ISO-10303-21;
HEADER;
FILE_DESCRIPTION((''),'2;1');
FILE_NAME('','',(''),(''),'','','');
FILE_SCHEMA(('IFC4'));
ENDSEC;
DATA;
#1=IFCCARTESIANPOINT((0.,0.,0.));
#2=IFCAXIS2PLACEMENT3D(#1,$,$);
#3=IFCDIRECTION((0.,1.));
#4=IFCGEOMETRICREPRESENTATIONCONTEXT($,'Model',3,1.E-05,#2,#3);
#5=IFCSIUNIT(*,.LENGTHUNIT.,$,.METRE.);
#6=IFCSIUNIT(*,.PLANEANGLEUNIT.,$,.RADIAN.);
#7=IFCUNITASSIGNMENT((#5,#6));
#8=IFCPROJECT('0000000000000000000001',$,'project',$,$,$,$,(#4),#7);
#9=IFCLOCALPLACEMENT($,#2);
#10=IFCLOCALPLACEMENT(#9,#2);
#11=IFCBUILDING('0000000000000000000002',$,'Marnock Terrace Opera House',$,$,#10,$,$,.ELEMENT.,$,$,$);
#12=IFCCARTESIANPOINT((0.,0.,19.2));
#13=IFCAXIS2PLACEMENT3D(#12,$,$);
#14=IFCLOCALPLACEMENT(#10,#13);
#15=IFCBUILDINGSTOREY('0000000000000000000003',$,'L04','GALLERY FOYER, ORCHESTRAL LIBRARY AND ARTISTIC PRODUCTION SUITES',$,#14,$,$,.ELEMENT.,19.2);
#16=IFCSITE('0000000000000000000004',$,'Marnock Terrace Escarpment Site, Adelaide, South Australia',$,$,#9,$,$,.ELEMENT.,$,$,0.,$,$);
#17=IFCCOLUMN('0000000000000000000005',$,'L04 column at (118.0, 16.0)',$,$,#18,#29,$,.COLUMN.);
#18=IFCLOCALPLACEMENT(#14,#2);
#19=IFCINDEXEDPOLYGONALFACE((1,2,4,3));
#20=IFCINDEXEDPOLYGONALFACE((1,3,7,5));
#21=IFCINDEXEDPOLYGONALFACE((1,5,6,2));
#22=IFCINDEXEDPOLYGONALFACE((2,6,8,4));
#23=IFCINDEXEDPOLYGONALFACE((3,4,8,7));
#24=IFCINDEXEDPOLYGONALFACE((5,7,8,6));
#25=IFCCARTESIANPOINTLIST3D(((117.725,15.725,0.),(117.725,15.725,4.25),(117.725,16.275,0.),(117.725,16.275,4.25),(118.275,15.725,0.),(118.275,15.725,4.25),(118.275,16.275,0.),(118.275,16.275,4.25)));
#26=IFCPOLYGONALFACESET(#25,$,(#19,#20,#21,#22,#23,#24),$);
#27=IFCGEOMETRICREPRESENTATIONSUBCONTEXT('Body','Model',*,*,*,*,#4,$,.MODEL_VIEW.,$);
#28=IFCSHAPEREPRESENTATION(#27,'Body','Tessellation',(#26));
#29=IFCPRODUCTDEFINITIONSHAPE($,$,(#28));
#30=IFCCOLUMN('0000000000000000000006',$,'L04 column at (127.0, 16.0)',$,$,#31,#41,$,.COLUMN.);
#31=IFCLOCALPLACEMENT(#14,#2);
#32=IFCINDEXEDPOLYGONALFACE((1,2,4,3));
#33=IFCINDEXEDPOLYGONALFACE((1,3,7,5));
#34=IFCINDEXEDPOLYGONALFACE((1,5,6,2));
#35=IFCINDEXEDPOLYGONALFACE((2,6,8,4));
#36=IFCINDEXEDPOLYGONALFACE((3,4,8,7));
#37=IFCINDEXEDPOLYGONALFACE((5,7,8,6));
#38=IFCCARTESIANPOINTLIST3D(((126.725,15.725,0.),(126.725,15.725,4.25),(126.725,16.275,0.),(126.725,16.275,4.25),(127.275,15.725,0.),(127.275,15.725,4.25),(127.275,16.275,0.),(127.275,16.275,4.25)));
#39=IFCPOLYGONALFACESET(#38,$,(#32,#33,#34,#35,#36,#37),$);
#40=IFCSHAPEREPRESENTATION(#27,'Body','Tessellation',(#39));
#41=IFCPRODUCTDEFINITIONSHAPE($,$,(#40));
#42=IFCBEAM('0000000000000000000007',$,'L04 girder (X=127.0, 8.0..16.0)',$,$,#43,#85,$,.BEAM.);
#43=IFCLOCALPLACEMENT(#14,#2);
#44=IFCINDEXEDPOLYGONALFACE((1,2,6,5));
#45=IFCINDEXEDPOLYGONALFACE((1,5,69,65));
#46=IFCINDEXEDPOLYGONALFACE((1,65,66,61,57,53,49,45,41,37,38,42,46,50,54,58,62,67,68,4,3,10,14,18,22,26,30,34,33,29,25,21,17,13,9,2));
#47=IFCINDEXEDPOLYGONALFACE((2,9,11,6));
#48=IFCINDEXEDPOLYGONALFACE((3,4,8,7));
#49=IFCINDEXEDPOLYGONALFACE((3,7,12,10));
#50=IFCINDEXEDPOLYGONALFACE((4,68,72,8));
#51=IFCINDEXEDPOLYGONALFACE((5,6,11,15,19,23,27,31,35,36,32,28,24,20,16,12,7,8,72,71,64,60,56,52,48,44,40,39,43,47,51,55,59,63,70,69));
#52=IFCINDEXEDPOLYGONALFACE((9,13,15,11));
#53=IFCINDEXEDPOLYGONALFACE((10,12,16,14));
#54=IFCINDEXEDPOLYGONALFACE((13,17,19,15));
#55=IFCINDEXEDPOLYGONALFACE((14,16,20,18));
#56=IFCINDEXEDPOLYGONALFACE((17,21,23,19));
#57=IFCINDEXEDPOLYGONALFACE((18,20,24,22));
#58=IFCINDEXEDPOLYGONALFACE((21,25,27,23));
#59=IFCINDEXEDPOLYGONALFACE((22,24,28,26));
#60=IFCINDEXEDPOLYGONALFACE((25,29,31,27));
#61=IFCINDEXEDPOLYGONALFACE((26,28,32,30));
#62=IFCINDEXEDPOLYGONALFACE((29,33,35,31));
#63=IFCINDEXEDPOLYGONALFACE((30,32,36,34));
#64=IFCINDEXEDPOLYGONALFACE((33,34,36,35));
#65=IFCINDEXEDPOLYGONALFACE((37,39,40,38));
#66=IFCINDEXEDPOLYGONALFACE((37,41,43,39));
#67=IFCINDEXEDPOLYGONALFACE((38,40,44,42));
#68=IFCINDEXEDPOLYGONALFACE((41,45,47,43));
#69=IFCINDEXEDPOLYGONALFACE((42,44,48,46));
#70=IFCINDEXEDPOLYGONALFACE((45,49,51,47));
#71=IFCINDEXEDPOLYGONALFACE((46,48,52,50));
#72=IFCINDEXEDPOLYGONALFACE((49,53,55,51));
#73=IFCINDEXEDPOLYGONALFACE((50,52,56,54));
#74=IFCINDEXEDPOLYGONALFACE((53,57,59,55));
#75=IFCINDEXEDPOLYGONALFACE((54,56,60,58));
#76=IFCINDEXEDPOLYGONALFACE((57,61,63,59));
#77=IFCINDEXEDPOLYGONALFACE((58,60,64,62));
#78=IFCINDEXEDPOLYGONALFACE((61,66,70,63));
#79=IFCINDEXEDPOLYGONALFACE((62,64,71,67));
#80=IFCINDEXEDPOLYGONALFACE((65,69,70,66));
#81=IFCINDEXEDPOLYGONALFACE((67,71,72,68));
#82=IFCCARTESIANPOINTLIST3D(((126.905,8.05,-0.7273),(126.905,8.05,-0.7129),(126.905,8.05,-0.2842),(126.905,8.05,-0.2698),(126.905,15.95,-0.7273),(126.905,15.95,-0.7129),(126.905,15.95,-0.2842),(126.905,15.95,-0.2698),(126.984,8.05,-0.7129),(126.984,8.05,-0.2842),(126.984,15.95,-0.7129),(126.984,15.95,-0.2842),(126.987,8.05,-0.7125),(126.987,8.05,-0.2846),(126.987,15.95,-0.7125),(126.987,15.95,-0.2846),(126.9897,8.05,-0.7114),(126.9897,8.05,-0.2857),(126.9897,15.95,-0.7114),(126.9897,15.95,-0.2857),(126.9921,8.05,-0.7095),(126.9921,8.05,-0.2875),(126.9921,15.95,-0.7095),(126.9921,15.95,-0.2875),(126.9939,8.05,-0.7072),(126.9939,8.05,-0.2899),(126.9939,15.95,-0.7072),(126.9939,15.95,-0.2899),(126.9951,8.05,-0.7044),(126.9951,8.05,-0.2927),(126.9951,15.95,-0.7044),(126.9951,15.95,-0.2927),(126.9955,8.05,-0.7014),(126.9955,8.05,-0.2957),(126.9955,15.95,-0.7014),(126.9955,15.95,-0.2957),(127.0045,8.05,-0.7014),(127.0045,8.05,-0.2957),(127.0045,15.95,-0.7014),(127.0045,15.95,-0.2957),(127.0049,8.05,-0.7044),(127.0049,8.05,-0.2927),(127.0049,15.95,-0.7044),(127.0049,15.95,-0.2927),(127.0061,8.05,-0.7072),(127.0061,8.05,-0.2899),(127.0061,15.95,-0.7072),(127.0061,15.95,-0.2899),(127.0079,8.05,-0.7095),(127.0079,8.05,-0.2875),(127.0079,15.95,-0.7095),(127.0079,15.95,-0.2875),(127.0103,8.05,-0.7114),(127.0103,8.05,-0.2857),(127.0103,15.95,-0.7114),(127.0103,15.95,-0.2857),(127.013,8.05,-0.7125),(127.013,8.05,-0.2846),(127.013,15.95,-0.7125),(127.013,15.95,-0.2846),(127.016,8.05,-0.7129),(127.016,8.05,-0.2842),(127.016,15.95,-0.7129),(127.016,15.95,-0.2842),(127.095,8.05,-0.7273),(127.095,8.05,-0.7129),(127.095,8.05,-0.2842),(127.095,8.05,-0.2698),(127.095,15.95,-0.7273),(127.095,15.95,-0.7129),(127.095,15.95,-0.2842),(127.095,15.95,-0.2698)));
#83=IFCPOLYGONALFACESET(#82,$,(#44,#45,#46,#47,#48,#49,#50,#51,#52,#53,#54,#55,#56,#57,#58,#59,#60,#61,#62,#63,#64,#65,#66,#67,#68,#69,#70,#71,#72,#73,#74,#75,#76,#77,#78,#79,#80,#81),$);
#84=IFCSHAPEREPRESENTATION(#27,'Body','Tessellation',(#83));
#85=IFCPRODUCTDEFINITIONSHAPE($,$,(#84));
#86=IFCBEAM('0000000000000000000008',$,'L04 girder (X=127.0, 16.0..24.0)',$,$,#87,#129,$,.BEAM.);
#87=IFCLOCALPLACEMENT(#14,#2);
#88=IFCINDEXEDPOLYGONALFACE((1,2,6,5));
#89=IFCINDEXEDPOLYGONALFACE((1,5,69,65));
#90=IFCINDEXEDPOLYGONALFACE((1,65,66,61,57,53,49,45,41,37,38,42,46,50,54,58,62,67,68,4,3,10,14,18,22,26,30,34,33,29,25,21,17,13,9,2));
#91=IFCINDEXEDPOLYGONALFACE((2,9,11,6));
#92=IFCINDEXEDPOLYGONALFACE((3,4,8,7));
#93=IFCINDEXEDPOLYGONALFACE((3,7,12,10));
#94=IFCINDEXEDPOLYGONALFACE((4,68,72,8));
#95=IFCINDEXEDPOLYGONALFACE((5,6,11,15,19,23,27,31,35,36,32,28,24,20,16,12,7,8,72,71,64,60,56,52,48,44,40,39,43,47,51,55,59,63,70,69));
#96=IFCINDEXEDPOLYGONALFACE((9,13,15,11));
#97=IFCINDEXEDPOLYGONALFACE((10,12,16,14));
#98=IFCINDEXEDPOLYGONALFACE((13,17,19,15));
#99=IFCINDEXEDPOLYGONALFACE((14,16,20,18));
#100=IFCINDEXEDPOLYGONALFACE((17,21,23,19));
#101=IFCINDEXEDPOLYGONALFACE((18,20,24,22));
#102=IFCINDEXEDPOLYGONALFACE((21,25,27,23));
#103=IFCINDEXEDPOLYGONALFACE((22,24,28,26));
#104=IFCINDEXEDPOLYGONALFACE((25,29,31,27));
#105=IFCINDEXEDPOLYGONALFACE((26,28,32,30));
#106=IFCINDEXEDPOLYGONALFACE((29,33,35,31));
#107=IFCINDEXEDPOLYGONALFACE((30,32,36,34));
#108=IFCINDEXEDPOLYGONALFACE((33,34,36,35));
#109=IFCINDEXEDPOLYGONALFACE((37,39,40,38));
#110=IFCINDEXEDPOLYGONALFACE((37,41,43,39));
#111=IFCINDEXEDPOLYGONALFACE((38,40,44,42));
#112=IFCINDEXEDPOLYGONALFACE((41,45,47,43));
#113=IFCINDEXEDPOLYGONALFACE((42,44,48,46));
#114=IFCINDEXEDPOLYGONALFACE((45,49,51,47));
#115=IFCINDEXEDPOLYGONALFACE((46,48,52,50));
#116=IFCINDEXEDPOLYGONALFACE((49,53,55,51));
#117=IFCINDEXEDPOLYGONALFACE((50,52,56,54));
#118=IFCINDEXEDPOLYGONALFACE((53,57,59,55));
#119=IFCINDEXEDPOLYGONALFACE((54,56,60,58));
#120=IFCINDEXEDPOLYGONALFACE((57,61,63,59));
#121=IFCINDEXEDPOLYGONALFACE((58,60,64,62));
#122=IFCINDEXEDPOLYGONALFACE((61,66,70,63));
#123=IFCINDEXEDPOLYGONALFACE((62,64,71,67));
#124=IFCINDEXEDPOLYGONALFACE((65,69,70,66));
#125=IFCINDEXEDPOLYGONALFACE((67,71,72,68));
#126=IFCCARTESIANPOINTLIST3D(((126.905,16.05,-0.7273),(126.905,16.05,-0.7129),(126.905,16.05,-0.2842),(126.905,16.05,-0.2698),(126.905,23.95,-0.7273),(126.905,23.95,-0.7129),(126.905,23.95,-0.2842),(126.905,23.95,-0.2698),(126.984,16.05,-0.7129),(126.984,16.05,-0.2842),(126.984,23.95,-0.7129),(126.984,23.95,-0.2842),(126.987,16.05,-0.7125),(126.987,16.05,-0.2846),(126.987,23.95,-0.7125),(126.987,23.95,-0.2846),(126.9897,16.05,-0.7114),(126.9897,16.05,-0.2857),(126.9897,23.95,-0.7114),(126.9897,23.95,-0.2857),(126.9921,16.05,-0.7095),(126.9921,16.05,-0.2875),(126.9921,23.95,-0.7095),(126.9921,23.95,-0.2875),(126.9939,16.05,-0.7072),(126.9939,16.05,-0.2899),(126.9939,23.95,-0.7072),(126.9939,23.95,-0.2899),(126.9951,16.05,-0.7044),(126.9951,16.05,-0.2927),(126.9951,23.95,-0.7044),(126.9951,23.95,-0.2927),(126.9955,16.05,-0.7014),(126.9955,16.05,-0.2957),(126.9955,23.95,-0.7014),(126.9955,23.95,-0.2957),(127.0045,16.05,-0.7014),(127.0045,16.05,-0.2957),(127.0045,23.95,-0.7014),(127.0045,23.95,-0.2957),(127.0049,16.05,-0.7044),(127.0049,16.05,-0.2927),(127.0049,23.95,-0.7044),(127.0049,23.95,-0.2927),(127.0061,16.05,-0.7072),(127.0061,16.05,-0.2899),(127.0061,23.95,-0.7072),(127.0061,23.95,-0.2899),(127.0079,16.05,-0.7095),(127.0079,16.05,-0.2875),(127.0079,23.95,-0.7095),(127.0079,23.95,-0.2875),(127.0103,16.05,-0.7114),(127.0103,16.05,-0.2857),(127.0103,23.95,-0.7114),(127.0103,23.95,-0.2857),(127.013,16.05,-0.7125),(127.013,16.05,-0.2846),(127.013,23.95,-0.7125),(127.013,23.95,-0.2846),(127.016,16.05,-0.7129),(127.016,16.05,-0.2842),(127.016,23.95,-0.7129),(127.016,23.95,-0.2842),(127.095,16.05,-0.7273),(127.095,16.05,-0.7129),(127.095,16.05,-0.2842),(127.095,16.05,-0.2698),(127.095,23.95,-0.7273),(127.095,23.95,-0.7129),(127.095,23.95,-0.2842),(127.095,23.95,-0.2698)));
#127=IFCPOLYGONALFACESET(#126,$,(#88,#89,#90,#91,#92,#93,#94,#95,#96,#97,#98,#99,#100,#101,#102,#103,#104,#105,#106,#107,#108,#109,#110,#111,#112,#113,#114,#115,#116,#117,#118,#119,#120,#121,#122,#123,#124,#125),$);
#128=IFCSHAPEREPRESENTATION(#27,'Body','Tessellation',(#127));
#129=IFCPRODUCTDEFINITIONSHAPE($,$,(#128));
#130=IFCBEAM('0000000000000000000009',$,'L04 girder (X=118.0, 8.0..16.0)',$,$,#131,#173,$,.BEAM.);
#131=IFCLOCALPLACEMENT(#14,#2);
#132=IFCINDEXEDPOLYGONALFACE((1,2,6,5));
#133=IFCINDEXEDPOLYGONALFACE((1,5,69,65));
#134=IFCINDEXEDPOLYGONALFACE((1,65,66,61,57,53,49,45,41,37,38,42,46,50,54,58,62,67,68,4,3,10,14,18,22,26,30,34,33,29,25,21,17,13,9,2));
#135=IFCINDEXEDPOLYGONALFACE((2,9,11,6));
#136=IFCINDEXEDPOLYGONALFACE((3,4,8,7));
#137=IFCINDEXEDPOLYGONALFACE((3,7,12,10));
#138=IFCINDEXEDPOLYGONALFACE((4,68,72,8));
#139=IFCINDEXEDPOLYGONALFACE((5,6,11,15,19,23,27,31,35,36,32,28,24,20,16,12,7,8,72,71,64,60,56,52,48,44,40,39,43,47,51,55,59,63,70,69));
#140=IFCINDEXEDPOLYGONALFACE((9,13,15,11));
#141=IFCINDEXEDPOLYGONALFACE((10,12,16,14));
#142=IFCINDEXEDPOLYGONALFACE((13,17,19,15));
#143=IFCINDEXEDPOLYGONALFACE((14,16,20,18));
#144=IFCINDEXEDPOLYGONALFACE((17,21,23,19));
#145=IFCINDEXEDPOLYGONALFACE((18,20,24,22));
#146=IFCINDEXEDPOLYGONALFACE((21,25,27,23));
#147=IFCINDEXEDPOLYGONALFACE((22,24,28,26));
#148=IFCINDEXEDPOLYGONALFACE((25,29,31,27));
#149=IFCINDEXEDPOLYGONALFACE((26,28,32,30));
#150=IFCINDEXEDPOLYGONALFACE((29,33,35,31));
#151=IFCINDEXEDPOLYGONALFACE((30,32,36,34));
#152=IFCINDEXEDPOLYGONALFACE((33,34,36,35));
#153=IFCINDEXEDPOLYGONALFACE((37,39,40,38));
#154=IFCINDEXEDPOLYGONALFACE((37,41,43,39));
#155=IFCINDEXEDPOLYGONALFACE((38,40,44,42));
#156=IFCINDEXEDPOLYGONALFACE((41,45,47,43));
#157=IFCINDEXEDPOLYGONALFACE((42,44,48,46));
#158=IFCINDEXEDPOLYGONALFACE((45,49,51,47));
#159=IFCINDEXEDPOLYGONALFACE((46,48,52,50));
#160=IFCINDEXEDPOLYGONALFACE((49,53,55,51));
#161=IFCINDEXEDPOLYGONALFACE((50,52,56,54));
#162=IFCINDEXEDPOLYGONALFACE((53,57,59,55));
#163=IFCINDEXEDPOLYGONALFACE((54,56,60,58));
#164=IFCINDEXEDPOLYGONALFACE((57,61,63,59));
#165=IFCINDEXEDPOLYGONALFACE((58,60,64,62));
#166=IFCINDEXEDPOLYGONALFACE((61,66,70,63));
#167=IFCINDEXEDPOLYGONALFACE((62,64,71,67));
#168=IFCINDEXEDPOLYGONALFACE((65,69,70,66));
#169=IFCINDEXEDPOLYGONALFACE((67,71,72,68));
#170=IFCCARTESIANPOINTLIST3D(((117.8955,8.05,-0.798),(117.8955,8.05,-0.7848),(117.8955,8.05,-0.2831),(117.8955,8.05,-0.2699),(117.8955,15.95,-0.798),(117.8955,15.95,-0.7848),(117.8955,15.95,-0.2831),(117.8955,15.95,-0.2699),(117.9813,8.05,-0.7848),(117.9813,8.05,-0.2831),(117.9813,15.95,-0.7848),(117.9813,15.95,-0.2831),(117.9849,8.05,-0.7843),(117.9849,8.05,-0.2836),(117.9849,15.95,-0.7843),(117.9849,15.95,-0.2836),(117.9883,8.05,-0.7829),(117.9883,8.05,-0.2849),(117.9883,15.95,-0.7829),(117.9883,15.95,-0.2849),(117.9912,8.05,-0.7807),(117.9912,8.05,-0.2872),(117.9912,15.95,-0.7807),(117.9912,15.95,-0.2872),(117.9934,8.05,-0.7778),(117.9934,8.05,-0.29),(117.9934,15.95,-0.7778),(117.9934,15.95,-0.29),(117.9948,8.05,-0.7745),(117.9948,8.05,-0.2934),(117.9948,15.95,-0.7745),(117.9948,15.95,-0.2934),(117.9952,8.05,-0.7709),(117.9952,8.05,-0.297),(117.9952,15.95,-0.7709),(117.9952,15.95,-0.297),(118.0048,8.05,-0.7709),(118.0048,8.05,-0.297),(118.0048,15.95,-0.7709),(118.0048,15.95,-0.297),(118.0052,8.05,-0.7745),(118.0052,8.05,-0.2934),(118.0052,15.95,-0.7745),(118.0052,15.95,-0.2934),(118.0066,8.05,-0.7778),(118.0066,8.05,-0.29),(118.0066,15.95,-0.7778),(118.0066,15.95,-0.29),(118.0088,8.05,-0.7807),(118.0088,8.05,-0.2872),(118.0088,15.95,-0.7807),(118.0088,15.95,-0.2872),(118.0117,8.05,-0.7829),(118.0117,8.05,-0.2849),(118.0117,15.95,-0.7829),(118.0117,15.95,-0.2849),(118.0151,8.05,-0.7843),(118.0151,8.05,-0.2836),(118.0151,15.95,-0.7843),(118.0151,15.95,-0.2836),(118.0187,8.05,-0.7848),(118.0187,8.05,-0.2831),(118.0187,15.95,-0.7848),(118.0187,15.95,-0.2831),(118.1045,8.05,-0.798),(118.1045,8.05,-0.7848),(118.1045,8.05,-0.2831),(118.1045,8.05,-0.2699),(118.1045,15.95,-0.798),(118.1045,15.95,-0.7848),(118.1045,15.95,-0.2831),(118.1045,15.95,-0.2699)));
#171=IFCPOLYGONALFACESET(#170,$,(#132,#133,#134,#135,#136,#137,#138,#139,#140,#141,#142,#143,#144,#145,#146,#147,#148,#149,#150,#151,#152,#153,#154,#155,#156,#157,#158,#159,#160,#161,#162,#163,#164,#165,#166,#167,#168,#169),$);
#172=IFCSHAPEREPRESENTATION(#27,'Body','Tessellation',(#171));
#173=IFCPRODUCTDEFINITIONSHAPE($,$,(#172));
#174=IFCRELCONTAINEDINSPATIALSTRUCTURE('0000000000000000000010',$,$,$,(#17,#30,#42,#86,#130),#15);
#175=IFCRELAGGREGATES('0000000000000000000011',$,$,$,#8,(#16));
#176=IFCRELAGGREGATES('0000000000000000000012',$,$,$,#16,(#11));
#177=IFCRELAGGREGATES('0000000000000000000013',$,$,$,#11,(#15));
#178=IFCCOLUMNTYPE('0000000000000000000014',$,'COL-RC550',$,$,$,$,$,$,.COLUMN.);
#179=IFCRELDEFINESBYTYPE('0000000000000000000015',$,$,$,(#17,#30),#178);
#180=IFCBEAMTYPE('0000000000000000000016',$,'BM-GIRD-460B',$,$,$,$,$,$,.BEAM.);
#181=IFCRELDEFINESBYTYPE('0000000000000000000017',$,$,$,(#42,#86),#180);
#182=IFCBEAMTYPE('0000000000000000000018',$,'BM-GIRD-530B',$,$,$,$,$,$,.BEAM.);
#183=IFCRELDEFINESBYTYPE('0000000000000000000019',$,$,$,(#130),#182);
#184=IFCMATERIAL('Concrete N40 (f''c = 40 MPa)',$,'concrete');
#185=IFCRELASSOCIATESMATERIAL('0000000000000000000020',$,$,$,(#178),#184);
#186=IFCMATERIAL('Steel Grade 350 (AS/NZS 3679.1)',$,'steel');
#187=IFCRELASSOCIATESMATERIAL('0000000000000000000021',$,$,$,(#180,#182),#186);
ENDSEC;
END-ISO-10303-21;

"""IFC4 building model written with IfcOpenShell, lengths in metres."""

from ifc_helpers import new_model, si_unit, direction, frame, origin, origin_2d, place, context, subcontext, project, spatial, rectangle, i_section, extrude, material, material_profile, profile_set, type_object, element, save


model = new_model("IFC4")

# Units and contexts
model_context = context("Model", 3, precision=1e-05, world=origin(), true_north=direction((0.0, 1.0)))
body_context = subcontext(model_context, "Body", "Model", "MODEL_VIEW")
ifc_project = project(units=[si_unit("LENGTHUNIT", "METRE"), si_unit("PLANEANGLEUNIT", "RADIAN")], contexts=[model_context])

# Site, building, storey
site_placement = place(None, origin())
site = spatial("IfcSite", under=ifc_project, at=site_placement, Name="Marnock Terrace Escarpment Site, Adelaide, South Australia", CompositionType="ELEMENT", RefElevation=0.0)
building_placement = place(site_placement, origin())
building = spatial("IfcBuilding", under=site, at=building_placement, Name="Marnock Terrace Opera House", CompositionType="ELEMENT")
storey_placement = place(building_placement, frame((0.0, 0.0, 19.2)))
storey = spatial("IfcBuildingStorey", under=building, at=storey_placement, Name="L04", Description="GALLERY FOYER, ORCHESTRAL LIBRARY AND ARTISTIC PRODUCTION SUITES", CompositionType="ELEMENT", Elevation=19.2)

# Columns
ifc_material_1 = material(Name="Concrete N40 (f'c = 40 MPa)", Category="concrete")
ifc_material_profile_1 = material_profile(ifc_material_1, rectangle(XDim=0.55, YDim=0.55, at=origin_2d()))
ifc_profile_set_1 = profile_set([ifc_material_profile_1], Name="Concrete N40 (f'c = 40 MPa)")
column_type = type_object("IfcColumnType", Name="COL-RC550", PredefinedType="COLUMN", material=ifc_profile_set_1)
for number, where, z_axis, x_axis, name in (
    (1, (118.0, 16.0, 0.0), (0.0, 0.0, 1.0), (1.0, 0.0, 0.0), "L04 column at (118.0, 16.0)"),
    (2, (127.0, 16.0, 0.0), (0.0, 0.0, 1.0), (1.0, 0.0, 0.0), "L04 column at (127.0, 16.0)"),
):
    element("IfcColumn", number, at=place(storey_placement, frame(where, z_axis=z_axis, x_axis=x_axis)), inside=storey, type_object=column_type, Name=name, PredefinedType="COLUMN", context=body_context, shape_type="SweptSolid", body=[
        extrude(rectangle(XDim=0.55, YDim=0.55, at=origin_2d()), origin(), (0.0, 0.0, 1.0), 4.25),
    ])

# Beams
ifc_material_2 = material(Name="Steel Grade 350 (AS/NZS 3679.1)", Category="steel")
ifc_material_profile_2 = material_profile(ifc_material_2, i_section(OverallWidth=0.1899, OverallDepth=0.4575, WebThickness=0.009, FlangeThickness=0.0144, FilletRadius=0.0115, at=origin_2d()))
ifc_profile_set_2 = profile_set([ifc_material_profile_2], Name="Steel Grade 350 (AS/NZS 3679.1)")
beam_type_1 = type_object("IfcBeamType", Name="BM-GIRD-460B", PredefinedType="BEAM", material=ifc_profile_set_2)
for number, where, z_axis, x_axis, name in (
    (3, (127.0, 8.05, -0.4985), (0.0, 1.0, 0.0), (-1.0, 0.0, 0.0), "L04 girder (X=127.0, 8.0..16.0)"),
    (4, (127.0, 16.05, -0.4985), (0.0, 1.0, 0.0), (-1.0, 0.0, 0.0), "L04 girder (X=127.0, 16.0..24.0)"),
):
    element("IfcBeam", number, at=place(storey_placement, frame(where, z_axis=z_axis, x_axis=x_axis)), inside=storey, type_object=beam_type_1, Name=name, PredefinedType="BEAM", context=body_context, shape_type="SweptSolid", body=[
        extrude(i_section(OverallWidth=0.1899, OverallDepth=0.4575, WebThickness=0.009, FlangeThickness=0.0144, FilletRadius=0.0115, at=origin_2d()), origin(), (0.0, 0.0, 1.0), 7.8999),
    ])
ifc_material_profile_3 = material_profile(ifc_material_2, i_section(OverallWidth=0.209, OverallDepth=0.5281, WebThickness=0.0095, FlangeThickness=0.0132, FilletRadius=0.0139, at=origin_2d()))
ifc_profile_set_3 = profile_set([ifc_material_profile_3], Name="Steel Grade 350 (AS/NZS 3679.1)")
beam_type_2 = type_object("IfcBeamType", Name="BM-GIRD-530B", PredefinedType="BEAM", material=ifc_profile_set_3)
for number, where, z_axis, x_axis, name in (
    (5, (118.0, 8.05, -0.5339), (0.0, 1.0, 0.0), (-1.0, 0.0, 0.0), "L04 girder (X=118.0, 8.0..16.0)"),
):
    element("IfcBeam", number, at=place(storey_placement, frame(where, z_axis=z_axis, x_axis=x_axis)), inside=storey, type_object=beam_type_2, Name=name, PredefinedType="BEAM", context=body_context, shape_type="SweptSolid", body=[
        extrude(i_section(OverallWidth=0.209, OverallDepth=0.5281, WebThickness=0.0095, FlangeThickness=0.0132, FilletRadius=0.0139, at=origin_2d()), origin(), (0.0, 0.0, 1.0), 7.8999),
    ])

save(model, "model.ifc")
